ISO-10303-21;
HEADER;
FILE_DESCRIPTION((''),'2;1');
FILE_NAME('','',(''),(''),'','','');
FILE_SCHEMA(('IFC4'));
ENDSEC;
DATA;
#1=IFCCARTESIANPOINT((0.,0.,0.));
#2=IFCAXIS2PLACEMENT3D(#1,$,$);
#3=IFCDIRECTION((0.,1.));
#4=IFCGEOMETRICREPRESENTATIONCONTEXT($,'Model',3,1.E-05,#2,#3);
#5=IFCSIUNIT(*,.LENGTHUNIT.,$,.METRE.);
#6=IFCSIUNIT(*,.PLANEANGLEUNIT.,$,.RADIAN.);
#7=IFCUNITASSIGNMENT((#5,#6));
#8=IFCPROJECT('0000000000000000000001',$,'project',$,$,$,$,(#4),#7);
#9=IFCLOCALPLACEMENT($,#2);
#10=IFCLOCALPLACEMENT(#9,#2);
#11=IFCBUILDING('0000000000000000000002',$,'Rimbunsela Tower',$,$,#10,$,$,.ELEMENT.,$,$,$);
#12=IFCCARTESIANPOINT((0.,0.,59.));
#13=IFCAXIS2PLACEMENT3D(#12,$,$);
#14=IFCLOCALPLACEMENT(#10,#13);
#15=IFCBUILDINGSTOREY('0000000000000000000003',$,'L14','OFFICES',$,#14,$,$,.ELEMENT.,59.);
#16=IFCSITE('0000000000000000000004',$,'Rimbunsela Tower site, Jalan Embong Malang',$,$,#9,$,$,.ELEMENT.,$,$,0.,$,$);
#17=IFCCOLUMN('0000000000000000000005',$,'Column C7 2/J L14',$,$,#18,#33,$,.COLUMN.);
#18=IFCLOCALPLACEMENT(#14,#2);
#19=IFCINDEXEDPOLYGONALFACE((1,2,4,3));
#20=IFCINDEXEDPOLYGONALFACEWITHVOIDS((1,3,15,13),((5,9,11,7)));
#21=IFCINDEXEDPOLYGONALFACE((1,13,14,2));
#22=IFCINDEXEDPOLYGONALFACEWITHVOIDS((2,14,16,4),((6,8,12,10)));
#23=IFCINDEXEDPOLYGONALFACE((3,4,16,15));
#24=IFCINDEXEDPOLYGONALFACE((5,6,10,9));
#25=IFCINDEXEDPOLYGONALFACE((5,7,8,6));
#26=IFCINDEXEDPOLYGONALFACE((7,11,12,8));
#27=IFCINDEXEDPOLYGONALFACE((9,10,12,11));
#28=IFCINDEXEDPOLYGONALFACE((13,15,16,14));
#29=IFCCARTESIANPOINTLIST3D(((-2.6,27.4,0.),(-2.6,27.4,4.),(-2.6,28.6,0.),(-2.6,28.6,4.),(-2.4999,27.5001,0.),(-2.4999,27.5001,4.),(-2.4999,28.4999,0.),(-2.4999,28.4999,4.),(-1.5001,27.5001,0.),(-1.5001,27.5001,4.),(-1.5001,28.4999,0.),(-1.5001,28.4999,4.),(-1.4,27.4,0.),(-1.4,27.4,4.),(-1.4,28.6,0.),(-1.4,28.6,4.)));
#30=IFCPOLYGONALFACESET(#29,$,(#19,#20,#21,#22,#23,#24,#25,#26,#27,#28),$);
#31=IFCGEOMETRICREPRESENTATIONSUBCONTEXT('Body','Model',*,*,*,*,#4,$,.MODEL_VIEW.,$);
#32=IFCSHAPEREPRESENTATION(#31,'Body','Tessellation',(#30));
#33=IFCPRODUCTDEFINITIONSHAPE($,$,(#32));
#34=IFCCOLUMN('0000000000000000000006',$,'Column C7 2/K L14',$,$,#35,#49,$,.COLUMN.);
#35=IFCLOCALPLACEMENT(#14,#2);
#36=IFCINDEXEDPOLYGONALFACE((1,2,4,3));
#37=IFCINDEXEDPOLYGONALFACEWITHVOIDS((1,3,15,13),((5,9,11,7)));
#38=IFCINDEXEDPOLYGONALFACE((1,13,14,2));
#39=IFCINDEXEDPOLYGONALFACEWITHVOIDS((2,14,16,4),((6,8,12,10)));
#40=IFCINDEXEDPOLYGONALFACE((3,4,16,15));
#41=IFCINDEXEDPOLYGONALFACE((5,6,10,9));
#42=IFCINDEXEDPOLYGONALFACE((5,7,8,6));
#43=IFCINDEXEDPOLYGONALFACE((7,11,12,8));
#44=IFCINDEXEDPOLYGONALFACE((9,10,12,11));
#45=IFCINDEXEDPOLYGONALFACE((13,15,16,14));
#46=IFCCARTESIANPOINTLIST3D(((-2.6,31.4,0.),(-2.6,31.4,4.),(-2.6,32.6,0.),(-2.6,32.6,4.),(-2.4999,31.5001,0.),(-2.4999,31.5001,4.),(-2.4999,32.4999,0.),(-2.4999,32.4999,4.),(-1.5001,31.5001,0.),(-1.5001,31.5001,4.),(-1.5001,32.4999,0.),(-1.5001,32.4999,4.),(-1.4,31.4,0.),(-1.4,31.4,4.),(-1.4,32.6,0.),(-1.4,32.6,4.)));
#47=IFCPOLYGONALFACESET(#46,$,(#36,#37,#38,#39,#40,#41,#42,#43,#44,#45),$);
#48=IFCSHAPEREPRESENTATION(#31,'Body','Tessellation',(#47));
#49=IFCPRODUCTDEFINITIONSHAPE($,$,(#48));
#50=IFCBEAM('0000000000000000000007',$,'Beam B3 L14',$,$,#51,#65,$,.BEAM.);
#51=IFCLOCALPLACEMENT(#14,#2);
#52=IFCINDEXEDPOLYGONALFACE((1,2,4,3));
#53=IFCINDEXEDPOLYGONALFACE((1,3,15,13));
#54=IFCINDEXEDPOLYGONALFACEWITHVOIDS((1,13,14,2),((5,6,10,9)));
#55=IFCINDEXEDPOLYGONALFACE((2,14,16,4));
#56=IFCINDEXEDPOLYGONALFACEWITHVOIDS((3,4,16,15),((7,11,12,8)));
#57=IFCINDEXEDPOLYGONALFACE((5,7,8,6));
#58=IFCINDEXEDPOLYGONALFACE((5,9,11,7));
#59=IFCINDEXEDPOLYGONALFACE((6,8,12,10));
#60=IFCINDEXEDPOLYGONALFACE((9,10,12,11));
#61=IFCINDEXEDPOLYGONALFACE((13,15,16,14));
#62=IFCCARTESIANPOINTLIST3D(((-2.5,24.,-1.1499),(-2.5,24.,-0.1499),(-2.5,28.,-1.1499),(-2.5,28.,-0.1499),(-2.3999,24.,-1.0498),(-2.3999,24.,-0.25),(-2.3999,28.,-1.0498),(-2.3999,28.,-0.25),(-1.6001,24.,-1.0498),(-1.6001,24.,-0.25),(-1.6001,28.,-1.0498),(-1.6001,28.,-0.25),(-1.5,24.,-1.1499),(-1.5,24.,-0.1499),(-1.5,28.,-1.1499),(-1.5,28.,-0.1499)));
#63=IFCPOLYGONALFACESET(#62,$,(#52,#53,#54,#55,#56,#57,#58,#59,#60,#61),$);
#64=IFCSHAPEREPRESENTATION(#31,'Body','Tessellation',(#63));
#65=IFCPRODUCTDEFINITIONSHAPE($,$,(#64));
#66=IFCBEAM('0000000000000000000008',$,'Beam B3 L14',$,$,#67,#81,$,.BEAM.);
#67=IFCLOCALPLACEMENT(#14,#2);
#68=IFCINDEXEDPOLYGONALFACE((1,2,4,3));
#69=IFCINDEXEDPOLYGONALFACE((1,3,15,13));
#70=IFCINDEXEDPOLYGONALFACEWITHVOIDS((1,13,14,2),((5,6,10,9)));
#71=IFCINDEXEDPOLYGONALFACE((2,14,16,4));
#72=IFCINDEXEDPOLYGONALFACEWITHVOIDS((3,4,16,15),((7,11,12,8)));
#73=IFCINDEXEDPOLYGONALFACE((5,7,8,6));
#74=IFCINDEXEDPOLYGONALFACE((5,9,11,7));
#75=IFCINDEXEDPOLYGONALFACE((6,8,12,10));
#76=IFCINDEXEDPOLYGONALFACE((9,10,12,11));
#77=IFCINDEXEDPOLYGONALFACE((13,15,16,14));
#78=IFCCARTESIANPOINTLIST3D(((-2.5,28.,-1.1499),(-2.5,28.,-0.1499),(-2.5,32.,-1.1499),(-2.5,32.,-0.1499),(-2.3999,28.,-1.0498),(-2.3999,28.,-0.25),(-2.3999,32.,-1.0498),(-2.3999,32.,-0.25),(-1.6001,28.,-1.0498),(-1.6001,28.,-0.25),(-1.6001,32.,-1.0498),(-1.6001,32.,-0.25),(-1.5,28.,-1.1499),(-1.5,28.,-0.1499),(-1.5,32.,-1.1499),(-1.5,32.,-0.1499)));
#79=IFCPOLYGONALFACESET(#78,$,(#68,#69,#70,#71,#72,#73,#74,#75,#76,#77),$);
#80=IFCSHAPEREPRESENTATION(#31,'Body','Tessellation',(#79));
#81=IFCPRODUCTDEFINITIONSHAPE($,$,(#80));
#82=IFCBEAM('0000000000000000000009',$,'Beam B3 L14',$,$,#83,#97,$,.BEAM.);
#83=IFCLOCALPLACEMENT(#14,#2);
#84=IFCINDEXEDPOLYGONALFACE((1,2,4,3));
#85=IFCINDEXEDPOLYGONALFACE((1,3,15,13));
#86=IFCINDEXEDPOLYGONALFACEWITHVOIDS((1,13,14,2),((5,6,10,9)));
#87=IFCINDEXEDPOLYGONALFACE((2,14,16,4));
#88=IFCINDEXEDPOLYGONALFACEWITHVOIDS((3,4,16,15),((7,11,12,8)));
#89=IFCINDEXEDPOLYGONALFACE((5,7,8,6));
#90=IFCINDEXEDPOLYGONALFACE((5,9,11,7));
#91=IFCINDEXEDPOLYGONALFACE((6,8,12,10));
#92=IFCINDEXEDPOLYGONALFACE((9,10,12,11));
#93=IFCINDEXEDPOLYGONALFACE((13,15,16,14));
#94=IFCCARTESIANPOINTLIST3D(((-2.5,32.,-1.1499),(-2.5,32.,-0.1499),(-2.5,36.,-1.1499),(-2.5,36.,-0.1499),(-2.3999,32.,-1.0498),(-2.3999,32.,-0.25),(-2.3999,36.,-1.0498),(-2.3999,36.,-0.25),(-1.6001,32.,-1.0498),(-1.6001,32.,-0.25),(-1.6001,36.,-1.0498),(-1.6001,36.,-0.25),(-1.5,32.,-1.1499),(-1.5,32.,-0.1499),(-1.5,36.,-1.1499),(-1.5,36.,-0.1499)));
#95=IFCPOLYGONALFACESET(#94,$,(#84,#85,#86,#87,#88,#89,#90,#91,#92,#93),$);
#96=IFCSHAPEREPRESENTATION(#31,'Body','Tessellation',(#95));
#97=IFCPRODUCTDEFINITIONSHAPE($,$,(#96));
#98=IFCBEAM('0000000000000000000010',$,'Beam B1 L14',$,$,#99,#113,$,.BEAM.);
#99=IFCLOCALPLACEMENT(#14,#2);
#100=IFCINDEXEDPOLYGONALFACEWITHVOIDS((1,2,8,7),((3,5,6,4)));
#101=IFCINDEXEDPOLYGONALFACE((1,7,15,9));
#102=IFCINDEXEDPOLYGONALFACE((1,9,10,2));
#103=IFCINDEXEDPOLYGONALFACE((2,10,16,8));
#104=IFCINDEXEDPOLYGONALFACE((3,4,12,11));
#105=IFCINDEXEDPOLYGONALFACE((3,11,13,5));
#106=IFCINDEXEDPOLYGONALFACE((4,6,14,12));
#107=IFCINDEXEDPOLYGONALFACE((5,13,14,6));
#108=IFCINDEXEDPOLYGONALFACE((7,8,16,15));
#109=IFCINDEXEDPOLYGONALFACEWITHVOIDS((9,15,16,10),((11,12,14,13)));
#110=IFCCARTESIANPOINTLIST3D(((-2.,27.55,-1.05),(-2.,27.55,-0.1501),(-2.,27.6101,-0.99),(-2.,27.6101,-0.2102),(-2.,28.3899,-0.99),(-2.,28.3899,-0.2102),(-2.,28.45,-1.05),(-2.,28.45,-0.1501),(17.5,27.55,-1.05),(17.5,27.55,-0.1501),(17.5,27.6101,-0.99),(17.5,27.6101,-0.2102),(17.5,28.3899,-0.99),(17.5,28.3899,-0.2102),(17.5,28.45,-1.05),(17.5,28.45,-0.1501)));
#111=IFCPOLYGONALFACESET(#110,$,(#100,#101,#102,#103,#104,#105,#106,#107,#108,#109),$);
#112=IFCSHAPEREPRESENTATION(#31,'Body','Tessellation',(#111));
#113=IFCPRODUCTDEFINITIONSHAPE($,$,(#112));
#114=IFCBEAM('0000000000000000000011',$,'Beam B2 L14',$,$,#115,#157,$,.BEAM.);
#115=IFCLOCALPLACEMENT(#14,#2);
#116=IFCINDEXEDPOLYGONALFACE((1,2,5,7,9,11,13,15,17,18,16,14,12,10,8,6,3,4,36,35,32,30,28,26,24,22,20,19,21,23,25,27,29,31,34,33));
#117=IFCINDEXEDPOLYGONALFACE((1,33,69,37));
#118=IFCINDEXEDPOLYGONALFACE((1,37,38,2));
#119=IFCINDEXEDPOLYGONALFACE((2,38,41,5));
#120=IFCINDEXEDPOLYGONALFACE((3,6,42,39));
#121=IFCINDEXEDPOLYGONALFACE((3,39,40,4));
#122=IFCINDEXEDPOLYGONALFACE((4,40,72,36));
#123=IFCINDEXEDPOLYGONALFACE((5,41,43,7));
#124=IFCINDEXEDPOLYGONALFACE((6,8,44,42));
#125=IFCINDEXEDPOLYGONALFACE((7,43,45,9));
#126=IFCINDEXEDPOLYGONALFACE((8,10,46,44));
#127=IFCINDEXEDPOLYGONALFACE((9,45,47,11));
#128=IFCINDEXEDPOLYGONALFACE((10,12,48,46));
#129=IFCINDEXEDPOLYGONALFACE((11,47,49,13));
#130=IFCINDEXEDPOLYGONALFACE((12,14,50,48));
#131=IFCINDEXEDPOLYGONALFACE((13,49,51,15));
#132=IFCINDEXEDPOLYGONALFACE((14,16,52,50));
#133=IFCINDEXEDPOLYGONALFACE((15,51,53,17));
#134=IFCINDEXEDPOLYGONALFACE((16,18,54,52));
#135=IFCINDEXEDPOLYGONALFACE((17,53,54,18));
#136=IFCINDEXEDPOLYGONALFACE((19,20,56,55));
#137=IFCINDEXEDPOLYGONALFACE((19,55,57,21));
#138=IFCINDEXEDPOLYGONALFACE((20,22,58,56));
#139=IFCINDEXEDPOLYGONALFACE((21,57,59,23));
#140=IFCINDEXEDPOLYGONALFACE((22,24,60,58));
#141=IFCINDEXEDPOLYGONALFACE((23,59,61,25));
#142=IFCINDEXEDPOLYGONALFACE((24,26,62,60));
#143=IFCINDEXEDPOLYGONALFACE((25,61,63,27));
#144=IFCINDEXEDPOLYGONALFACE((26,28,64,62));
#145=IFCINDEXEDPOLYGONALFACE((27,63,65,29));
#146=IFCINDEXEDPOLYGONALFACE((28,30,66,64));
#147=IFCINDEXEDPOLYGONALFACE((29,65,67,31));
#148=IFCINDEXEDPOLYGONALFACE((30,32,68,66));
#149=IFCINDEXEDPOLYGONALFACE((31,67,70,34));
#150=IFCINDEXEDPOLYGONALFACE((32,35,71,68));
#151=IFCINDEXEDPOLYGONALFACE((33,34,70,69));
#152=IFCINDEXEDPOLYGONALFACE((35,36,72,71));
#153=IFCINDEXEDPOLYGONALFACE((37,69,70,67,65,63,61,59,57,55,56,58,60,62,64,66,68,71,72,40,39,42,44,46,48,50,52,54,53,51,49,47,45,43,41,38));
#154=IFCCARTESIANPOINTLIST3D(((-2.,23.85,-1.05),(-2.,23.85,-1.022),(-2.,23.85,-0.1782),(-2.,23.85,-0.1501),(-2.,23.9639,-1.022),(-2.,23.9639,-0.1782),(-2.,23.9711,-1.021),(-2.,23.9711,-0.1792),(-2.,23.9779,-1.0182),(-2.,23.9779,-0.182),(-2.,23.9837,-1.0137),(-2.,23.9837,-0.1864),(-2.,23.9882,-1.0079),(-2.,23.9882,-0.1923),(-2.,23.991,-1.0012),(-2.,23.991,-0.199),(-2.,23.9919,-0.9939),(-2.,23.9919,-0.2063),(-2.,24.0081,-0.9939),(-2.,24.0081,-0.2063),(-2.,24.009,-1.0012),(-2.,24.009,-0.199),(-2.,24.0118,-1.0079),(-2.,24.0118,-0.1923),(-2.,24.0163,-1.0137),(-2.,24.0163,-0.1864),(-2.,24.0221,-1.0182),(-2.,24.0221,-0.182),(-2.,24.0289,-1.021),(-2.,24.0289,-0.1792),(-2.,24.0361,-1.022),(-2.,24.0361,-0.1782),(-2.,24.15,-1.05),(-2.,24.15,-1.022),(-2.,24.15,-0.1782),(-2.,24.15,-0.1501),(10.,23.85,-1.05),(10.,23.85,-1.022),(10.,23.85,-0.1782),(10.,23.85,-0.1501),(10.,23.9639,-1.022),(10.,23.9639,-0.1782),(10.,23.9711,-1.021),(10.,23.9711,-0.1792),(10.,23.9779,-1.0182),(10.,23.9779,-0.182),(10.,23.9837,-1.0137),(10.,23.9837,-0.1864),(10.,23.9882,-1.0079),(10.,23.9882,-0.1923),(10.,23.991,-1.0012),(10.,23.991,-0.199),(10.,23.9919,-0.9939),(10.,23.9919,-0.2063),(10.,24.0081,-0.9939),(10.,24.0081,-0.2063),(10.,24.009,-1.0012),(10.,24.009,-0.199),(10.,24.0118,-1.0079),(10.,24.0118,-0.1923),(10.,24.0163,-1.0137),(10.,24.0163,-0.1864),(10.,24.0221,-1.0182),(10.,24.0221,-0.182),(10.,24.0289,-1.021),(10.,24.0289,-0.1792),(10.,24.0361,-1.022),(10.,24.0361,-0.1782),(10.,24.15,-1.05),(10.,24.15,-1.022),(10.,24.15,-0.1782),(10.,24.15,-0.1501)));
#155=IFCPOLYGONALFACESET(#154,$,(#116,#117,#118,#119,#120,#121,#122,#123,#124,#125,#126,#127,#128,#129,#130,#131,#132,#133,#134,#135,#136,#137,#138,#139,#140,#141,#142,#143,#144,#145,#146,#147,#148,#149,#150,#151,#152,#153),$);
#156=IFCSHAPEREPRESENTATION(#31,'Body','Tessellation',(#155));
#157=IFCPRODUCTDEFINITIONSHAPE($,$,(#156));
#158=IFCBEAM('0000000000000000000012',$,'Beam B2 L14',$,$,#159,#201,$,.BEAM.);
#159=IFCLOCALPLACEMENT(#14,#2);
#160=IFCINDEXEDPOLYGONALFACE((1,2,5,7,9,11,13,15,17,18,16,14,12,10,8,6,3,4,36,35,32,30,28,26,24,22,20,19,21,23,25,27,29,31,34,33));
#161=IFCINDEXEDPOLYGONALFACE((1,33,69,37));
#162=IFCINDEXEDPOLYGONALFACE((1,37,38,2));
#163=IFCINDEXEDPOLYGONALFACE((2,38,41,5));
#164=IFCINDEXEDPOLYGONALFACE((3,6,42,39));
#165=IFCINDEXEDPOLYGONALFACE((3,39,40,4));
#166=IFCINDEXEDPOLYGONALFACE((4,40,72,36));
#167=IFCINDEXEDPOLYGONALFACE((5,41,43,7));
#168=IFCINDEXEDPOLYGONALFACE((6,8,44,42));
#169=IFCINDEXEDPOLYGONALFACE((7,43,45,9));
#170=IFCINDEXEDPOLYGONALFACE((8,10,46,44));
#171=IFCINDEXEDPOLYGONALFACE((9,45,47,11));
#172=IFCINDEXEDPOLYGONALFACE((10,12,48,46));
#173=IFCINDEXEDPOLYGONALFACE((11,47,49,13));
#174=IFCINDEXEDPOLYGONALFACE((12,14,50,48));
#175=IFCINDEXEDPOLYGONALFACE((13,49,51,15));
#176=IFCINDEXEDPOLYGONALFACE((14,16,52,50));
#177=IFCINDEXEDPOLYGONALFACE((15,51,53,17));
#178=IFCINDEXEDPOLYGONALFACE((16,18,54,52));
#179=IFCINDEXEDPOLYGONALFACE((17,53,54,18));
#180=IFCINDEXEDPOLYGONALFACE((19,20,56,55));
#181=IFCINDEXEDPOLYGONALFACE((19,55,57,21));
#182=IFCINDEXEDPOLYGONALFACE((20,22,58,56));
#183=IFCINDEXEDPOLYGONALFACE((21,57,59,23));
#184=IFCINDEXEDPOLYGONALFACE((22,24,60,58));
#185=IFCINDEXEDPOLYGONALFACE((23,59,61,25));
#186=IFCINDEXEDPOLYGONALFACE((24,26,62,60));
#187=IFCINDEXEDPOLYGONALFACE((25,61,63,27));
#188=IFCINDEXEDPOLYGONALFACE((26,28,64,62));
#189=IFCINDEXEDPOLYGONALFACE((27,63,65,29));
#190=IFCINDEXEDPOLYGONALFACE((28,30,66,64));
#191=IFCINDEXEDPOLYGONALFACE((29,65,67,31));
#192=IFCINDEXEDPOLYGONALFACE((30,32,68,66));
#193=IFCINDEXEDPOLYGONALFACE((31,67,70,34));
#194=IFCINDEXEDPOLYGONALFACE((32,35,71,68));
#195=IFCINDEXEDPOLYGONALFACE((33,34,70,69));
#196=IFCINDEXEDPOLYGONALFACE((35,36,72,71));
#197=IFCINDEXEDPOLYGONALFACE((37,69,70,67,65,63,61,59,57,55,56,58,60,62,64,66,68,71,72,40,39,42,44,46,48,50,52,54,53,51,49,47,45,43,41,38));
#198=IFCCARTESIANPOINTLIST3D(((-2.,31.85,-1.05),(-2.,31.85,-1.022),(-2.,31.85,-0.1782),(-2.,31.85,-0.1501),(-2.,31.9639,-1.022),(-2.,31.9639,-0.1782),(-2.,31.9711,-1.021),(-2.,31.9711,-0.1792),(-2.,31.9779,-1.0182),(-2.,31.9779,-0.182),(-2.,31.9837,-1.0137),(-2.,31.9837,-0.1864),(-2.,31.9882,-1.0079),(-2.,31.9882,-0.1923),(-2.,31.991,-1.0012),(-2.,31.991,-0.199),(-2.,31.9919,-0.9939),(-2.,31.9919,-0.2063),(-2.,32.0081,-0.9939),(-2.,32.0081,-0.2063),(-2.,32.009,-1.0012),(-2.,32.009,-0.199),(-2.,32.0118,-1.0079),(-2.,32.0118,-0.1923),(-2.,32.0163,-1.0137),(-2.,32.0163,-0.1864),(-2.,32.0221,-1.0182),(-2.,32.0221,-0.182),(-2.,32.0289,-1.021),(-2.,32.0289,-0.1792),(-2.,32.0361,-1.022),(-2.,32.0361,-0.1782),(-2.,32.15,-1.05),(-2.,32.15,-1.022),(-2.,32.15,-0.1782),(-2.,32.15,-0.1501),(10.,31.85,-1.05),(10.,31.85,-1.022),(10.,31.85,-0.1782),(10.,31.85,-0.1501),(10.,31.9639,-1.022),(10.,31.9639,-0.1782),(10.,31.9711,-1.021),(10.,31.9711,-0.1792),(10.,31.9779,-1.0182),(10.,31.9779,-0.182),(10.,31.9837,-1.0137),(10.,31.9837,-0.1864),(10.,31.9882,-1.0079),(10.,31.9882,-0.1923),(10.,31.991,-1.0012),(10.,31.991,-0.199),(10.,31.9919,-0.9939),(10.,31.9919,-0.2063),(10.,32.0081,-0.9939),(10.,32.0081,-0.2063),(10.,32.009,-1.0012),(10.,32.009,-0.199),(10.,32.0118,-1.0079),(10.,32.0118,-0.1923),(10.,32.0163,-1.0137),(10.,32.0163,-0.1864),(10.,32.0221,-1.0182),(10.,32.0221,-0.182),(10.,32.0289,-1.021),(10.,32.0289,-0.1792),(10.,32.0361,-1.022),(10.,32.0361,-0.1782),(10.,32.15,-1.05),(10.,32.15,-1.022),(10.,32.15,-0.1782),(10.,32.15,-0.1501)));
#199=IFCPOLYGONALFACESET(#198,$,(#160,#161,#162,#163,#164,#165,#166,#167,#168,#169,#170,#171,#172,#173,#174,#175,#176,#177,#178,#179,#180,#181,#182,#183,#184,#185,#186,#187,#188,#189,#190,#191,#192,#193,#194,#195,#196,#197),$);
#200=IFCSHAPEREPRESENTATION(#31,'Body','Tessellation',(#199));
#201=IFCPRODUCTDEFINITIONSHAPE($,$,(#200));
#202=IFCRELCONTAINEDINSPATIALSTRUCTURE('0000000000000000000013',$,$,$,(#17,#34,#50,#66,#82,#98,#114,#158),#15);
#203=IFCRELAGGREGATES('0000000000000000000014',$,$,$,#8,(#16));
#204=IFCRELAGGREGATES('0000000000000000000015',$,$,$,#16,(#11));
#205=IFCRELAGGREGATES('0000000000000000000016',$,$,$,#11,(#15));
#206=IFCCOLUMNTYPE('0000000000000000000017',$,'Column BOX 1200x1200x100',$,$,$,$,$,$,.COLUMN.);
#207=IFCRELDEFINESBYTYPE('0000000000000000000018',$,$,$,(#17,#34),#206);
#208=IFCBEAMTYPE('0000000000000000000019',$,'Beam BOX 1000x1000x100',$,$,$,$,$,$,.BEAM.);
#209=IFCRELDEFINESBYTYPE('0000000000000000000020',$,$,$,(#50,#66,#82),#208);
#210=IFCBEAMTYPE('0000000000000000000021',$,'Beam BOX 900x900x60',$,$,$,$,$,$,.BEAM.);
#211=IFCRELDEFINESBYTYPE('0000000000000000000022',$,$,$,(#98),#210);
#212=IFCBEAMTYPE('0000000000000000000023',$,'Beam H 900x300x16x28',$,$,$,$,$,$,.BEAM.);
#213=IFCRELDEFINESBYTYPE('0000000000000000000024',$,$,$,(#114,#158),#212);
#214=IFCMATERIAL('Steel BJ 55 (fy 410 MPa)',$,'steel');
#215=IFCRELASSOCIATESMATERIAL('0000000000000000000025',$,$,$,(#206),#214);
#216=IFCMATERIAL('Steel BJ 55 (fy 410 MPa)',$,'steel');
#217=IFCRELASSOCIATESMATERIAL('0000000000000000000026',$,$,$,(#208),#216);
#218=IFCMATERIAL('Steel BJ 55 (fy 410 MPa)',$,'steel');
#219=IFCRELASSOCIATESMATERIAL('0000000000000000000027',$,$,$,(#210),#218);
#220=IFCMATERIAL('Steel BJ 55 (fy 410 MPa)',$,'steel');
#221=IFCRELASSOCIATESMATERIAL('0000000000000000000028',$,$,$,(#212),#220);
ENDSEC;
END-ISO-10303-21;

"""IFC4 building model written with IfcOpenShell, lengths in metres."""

from ifc_helpers import new_model, si_unit, direction, frame, origin, origin_2d, place, context, subcontext, project, spatial, hollow_rectangle, i_section, extrude, material, material_profile, profile_set, type_object, element, save


model = new_model("IFC4")

# Units and contexts
model_context = context("Model", 3, precision=1e-05, world=origin(), true_north=direction((0.0, 1.0)))
body_context = subcontext(model_context, "Body", "Model", "MODEL_VIEW")
ifc_project = project(units=[si_unit("LENGTHUNIT", "METRE"), si_unit("PLANEANGLEUNIT", "RADIAN")], contexts=[model_context])

# Site, building, storey
site_placement = place(None, origin())
site = spatial("IfcSite", under=ifc_project, at=site_placement, Name="Rimbunsela Tower site, Jalan Embong Malang", CompositionType="ELEMENT", RefElevation=0.0)
building_placement = place(site_placement, origin())
building = spatial("IfcBuilding", under=site, at=building_placement, Name="Rimbunsela Tower", CompositionType="ELEMENT")
storey_placement = place(building_placement, frame((0.0, 0.0, 59.0)))
storey = spatial("IfcBuildingStorey", under=building, at=storey_placement, Name="L14", Description="OFFICES", CompositionType="ELEMENT", Elevation=59.0)

# Columns
ifc_material_1 = material(Name="Steel BJ 55 (fy 410 MPa)", Category="steel")
ifc_material_profile_1 = material_profile(ifc_material_1, hollow_rectangle(XDim=1.2, YDim=1.2, WallThickness=0.1001, at=origin_2d()), Name="BOX 1200x1200x100")
ifc_profile_set_1 = profile_set([ifc_material_profile_1], Name="Steel BJ 55 (fy 410 MPa)")
column_type = type_object("IfcColumnType", Name="Column BOX 1200x1200x100", PredefinedType="COLUMN", material=ifc_profile_set_1)
for number, where, z_axis, x_axis, name in (
    (1, (-2.0, 28.0, 0.0), (0.0, 0.0, 1.0), (1.0, 0.0, 0.0), "Column C7 2/J L14"),
    (2, (-2.0, 32.0, 0.0), (0.0, 0.0, 1.0), (1.0, 0.0, 0.0), "Column C7 2/K L14"),
):
    element("IfcColumn", number, at=place(storey_placement, frame(where, z_axis=z_axis, x_axis=x_axis)), inside=storey, type_object=column_type, Name=name, PredefinedType="COLUMN", context=body_context, shape_type="SweptSolid", body=[
        extrude(hollow_rectangle(XDim=1.2, YDim=1.2, WallThickness=0.1001, at=origin_2d()), origin(), (0.0, 0.0, 1.0), 4.0),
    ])

# Beams
ifc_material_2 = material(Name="Steel BJ 55 (fy 410 MPa)", Category="steel")
ifc_material_profile_2 = material_profile(ifc_material_2, hollow_rectangle(XDim=1.0, YDim=1.0, WallThickness=0.1001, at=origin_2d()), Name="BOX 1000x1000x100")
ifc_profile_set_2 = profile_set([ifc_material_profile_2], Name="Steel BJ 55 (fy 410 MPa)")
beam_type_1 = type_object("IfcBeamType", Name="Beam BOX 1000x1000x100", PredefinedType="BEAM", material=ifc_profile_set_2)
for number, where, z_axis, x_axis, name in (
    (3, (-2.0, 24.0, -0.6499), (0.0, 1.0, 0.0), (-1.0, 0.0, 0.0), "Beam B3 L14"),
    (4, (-2.0, 28.0, -0.6499), (0.0, 1.0, 0.0), (-1.0, 0.0, 0.0), "Beam B3 L14"),
    (5, (-2.0, 32.0, -0.6499), (0.0, 1.0, 0.0), (-1.0, 0.0, 0.0), "Beam B3 L14"),
):
    element("IfcBeam", number, at=place(storey_placement, frame(where, z_axis=z_axis, x_axis=x_axis)), inside=storey, type_object=beam_type_1, Name=name, PredefinedType="BEAM", context=body_context, shape_type="SweptSolid", body=[
        extrude(hollow_rectangle(XDim=1.0, YDim=1.0, WallThickness=0.1001, at=origin_2d()), origin(), (0.0, 0.0, 1.0), 4.0),
    ])
ifc_material_3 = material(Name="Steel BJ 55 (fy 410 MPa)", Category="steel")
ifc_material_profile_3 = material_profile(ifc_material_3, hollow_rectangle(XDim=0.8999, YDim=0.8999, WallThickness=0.0601, at=origin_2d()), Name="BOX 900x900x60")
ifc_profile_set_3 = profile_set([ifc_material_profile_3], Name="Steel BJ 55 (fy 410 MPa)")
beam_type_2 = type_object("IfcBeamType", Name="Beam BOX 900x900x60", PredefinedType="BEAM", material=ifc_profile_set_3)
beam_placement = place(storey_placement, frame((-2.0, 28.0, -0.6001), z_axis=(1.0, 0.0, 0.0), x_axis=(0.0, 1.0, 0.0)))
element("IfcBeam", 6, at=beam_placement, inside=storey, type_object=beam_type_2, Name="Beam B1 L14", PredefinedType="BEAM", context=body_context, shape_type="SweptSolid", body=[
    extrude(hollow_rectangle(XDim=0.8999, YDim=0.8999, WallThickness=0.0601, at=origin_2d()), origin(), (0.0, 0.0, 1.0), 19.5),
])
ifc_material_4 = material(Name="Steel BJ 55 (fy 410 MPa)", Category="steel")
ifc_material_profile_4 = material_profile(ifc_material_4, i_section(OverallWidth=0.3, OverallDepth=0.8999, WebThickness=0.0161, FlangeThickness=0.0281, FilletRadius=0.0281, at=origin_2d()), Name="H 900x300x16x28")
ifc_profile_set_4 = profile_set([ifc_material_profile_4], Name="Steel BJ 55 (fy 410 MPa)")
beam_type_3 = type_object("IfcBeamType", Name="Beam H 900x300x16x28", PredefinedType="BEAM", material=ifc_profile_set_4)
for number, where, z_axis, x_axis, name in (
    (7, (-2.0, 24.0, -0.6001), (1.0, 0.0, 0.0), (0.0, 1.0, 0.0), "Beam B2 L14"),
    (8, (-2.0, 32.0, -0.6001), (1.0, 0.0, 0.0), (0.0, 1.0, 0.0), "Beam B2 L14"),
):
    element("IfcBeam", number, at=place(storey_placement, frame(where, z_axis=z_axis, x_axis=x_axis)), inside=storey, type_object=beam_type_3, Name=name, PredefinedType="BEAM", context=body_context, shape_type="SweptSolid", body=[
        extrude(i_section(OverallWidth=0.3, OverallDepth=0.8999, WebThickness=0.0161, FlangeThickness=0.0281, FilletRadius=0.0281, at=origin_2d()), origin(), (0.0, 0.0, 1.0), 12.0),
    ])

save(model, "model.ifc")
